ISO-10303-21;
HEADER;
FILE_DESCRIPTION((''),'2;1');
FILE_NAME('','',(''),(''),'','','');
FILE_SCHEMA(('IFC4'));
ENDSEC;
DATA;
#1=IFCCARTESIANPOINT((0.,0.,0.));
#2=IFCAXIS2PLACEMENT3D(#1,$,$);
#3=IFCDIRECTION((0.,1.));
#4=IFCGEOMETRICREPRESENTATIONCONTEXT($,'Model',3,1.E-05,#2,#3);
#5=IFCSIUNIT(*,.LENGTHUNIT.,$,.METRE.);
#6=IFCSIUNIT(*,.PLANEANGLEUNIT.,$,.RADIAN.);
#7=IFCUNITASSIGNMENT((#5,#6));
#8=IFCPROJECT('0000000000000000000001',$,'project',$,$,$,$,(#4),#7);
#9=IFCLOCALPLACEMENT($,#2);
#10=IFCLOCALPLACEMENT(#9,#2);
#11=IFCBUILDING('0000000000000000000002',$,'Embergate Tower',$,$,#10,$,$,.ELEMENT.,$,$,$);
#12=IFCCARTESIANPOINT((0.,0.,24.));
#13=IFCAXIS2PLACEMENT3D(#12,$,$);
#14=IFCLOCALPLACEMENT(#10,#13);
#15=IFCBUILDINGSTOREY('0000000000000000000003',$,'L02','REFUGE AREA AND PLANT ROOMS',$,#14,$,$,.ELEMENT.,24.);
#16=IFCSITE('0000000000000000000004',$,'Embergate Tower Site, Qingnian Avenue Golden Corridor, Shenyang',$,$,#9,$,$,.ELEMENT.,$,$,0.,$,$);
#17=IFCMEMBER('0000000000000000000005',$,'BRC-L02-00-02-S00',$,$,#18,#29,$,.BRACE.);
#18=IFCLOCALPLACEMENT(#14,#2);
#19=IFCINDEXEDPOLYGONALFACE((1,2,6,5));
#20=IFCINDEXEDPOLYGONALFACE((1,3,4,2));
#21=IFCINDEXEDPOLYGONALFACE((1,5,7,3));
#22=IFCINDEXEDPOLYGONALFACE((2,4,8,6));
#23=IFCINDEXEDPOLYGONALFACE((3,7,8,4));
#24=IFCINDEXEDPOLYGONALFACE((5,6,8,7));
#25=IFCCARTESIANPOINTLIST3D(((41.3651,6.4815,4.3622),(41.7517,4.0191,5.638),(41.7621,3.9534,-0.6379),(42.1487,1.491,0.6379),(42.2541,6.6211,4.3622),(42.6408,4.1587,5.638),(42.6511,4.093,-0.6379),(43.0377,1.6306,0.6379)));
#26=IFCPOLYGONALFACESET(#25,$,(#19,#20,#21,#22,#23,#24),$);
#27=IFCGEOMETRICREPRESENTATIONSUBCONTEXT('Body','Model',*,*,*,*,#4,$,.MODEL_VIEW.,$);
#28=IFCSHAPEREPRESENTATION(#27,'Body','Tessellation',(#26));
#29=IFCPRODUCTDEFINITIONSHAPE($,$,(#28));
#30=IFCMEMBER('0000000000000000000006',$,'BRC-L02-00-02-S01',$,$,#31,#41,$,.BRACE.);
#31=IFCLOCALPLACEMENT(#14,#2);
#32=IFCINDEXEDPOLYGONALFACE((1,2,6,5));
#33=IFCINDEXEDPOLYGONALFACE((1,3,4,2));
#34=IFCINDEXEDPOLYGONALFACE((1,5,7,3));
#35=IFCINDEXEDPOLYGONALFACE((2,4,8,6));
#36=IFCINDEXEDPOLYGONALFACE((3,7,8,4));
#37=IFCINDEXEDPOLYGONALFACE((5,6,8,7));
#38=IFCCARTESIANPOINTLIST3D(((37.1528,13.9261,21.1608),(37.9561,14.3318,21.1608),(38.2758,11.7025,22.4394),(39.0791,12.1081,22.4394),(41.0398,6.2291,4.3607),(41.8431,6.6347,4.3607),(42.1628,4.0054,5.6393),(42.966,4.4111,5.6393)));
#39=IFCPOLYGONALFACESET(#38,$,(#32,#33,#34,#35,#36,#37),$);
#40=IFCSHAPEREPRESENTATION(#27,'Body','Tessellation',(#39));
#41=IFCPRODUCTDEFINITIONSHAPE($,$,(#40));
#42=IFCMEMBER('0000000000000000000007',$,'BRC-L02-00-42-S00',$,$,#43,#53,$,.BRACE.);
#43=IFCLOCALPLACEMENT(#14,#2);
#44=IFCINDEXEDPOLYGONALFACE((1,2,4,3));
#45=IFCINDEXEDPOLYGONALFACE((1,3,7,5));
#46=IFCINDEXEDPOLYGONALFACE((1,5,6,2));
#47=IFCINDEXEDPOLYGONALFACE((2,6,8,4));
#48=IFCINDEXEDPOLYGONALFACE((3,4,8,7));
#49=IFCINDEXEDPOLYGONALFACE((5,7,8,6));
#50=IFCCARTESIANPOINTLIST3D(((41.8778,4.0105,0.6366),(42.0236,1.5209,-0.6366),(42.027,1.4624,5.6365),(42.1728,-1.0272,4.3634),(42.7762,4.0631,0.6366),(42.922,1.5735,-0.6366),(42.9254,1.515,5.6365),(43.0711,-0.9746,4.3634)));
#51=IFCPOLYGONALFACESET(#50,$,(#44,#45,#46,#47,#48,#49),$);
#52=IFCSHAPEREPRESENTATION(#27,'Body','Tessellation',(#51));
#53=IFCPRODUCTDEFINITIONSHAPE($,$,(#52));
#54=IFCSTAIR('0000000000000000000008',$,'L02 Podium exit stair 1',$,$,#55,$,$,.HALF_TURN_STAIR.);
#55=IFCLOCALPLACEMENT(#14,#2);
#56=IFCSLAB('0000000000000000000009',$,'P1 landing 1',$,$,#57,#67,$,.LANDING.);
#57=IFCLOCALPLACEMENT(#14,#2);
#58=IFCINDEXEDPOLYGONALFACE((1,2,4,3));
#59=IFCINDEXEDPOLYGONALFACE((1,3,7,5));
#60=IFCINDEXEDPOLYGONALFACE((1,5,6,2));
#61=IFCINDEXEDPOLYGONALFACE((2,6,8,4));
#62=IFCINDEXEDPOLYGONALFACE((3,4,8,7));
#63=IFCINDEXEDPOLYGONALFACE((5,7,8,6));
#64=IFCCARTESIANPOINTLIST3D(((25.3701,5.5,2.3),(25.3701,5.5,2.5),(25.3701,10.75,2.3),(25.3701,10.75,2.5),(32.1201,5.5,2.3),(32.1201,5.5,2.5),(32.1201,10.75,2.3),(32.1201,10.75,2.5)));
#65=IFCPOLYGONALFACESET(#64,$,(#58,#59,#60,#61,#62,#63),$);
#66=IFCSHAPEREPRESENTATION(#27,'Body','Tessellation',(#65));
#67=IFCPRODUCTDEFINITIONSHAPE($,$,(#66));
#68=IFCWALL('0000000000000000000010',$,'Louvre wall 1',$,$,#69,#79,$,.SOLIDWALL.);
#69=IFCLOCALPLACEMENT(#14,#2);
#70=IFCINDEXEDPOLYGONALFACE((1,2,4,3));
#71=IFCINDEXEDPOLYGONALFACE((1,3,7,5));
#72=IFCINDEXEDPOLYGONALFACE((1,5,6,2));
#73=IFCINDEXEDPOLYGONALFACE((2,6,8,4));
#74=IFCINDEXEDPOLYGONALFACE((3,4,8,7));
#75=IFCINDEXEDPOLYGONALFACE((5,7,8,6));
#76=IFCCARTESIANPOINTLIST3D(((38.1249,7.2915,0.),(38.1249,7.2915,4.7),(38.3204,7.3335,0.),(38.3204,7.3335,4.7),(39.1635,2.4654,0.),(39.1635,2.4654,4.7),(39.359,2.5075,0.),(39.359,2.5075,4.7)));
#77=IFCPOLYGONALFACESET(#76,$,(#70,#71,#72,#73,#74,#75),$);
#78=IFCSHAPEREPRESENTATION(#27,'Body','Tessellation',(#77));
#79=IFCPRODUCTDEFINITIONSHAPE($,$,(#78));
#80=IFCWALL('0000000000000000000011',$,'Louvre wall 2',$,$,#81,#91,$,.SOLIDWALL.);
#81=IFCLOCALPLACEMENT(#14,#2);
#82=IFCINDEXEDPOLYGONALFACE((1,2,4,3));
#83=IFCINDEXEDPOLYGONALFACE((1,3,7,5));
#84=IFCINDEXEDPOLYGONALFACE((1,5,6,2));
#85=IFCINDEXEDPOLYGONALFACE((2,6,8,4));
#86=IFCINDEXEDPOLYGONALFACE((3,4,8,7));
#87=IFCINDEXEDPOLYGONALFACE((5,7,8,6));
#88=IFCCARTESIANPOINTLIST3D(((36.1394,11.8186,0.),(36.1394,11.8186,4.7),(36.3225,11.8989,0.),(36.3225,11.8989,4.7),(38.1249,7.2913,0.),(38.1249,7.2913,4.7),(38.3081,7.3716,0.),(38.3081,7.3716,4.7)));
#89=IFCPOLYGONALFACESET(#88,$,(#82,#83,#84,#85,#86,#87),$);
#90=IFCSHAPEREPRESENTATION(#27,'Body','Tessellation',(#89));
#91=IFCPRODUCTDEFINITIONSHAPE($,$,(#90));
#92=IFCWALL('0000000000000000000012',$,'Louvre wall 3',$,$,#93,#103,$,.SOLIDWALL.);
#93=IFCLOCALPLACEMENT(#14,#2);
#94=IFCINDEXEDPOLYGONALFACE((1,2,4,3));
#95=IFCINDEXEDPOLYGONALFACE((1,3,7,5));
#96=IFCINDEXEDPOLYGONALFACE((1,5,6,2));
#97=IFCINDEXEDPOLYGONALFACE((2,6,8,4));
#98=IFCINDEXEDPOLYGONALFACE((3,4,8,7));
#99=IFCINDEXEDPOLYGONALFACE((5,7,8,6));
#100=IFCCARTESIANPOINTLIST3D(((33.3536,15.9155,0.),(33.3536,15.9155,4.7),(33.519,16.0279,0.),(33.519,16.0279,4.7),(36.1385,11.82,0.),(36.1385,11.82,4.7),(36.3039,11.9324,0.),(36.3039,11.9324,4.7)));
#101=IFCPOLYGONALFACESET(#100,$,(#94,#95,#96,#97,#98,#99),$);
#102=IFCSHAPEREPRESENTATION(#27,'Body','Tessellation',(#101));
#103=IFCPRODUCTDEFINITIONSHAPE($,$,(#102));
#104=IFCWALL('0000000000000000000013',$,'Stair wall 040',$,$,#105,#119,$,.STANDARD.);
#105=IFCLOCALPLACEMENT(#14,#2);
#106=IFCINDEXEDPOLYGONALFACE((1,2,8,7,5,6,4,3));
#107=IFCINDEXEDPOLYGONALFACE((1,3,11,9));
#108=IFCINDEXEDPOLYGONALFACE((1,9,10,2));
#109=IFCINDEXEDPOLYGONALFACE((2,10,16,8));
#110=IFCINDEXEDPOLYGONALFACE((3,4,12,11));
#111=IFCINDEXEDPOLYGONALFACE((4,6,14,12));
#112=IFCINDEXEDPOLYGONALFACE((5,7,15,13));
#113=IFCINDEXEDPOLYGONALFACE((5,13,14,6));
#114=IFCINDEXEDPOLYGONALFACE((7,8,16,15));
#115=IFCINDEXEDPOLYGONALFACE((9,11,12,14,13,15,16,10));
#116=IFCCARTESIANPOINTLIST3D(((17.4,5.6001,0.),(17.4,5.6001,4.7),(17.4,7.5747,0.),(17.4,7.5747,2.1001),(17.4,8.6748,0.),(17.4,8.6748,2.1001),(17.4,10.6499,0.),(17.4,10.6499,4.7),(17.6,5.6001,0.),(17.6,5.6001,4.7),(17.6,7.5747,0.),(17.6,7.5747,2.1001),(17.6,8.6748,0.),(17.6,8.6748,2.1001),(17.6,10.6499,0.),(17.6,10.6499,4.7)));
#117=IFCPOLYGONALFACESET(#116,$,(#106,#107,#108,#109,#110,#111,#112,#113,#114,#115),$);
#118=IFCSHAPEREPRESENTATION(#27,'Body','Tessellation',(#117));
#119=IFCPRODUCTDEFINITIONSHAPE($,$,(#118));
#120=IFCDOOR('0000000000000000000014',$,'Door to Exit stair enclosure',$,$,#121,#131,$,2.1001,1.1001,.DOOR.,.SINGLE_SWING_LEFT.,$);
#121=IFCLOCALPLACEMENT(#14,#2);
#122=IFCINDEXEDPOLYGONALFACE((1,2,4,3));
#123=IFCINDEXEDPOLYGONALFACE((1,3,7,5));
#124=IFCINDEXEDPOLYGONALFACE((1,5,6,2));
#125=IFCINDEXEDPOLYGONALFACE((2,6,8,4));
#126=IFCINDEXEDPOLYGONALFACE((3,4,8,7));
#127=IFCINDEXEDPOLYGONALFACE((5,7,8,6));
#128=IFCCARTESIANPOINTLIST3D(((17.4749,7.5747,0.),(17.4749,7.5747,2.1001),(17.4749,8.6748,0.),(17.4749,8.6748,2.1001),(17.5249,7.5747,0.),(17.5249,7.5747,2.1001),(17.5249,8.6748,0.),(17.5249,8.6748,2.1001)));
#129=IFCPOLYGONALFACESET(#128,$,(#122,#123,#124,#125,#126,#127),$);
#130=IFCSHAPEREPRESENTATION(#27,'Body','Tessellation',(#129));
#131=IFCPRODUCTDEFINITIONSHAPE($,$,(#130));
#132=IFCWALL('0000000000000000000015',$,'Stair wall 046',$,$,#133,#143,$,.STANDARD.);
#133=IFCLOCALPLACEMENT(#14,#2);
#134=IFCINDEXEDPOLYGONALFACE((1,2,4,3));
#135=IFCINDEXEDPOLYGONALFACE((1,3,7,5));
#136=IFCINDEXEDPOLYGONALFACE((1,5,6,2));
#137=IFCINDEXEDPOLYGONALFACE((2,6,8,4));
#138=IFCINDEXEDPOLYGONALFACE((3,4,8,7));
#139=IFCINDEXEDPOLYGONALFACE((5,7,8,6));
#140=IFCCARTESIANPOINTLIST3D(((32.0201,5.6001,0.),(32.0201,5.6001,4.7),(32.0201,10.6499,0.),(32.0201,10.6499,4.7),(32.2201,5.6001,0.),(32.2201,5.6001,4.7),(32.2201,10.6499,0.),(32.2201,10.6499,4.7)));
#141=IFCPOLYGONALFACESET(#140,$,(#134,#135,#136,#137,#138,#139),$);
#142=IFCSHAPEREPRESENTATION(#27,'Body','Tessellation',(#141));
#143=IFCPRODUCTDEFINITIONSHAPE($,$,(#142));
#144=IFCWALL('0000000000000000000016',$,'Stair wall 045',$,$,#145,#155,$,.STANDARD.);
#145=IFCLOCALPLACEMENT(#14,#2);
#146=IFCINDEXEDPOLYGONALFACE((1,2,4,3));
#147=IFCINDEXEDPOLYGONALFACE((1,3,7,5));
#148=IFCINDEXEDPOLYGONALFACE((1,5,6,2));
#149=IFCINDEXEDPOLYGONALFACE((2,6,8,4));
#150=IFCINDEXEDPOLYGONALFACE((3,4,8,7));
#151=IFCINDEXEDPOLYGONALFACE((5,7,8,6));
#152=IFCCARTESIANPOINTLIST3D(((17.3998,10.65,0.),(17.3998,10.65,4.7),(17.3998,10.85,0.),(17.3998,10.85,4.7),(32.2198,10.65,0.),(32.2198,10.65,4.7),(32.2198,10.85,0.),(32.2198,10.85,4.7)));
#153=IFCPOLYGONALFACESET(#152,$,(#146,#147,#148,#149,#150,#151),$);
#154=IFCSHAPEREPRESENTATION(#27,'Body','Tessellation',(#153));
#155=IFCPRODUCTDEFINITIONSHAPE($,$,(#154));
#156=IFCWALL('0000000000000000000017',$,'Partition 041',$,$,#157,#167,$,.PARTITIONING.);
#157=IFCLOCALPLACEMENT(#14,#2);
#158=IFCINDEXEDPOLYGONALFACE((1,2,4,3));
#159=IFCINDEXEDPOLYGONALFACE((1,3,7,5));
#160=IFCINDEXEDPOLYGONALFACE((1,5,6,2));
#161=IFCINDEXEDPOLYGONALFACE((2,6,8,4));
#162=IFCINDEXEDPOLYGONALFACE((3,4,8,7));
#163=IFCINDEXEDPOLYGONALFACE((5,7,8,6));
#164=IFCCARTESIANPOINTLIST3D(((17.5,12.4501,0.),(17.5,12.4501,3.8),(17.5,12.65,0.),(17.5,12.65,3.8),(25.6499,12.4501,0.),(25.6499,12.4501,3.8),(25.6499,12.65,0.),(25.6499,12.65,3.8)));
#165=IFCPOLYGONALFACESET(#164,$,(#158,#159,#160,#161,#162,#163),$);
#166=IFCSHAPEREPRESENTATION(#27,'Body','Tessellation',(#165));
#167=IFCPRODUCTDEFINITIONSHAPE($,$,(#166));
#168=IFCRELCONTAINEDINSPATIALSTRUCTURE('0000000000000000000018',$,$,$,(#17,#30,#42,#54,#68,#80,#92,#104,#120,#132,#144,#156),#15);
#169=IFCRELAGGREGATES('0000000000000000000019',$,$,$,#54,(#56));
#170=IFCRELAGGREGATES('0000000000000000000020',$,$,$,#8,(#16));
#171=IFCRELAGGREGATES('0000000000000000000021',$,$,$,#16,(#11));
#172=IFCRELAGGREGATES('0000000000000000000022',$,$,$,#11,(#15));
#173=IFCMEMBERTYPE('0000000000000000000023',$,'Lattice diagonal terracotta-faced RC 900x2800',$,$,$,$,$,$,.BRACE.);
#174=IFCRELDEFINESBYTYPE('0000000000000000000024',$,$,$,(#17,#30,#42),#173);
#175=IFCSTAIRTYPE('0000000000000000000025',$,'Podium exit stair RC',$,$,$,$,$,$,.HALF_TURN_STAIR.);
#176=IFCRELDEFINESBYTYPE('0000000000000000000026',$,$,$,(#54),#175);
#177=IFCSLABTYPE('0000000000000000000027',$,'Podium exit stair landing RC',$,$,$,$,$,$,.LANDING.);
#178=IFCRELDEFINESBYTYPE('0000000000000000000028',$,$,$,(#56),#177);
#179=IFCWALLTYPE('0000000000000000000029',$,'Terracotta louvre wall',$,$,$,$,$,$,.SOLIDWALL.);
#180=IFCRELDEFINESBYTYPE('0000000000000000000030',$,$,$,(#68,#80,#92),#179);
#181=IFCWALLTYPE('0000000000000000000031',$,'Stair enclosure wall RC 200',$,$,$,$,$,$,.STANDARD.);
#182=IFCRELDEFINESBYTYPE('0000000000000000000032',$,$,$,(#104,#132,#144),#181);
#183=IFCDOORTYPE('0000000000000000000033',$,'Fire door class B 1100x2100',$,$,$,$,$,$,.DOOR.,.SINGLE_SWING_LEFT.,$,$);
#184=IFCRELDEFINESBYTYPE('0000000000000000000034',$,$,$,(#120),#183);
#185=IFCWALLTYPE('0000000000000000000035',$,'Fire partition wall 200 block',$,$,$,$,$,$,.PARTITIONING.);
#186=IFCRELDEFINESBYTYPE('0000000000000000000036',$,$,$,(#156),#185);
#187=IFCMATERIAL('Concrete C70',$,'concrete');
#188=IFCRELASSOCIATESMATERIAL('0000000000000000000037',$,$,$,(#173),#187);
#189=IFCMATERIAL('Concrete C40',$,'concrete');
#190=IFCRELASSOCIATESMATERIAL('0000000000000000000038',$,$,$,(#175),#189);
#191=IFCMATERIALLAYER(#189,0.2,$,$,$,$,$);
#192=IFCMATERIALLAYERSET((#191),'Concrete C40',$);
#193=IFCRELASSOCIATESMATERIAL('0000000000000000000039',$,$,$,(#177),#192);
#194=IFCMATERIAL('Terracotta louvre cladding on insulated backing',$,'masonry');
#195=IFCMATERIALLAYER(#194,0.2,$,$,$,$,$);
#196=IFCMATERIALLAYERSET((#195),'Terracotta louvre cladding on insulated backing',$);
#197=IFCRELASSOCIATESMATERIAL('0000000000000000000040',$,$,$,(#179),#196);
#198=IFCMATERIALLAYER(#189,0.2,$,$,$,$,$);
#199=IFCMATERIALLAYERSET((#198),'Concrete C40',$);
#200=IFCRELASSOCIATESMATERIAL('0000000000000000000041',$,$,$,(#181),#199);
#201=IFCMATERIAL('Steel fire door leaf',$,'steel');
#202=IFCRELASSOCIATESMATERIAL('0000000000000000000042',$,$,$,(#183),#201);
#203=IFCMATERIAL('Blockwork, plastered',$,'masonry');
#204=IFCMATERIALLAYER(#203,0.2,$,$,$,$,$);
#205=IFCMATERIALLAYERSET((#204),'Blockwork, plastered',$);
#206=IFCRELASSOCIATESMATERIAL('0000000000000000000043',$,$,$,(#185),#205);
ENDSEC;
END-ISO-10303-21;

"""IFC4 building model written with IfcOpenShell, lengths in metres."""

from ifc_helpers import new_model, si_unit, direction, frame, frame_2d, origin, origin_2d, place, context, subcontext, project, spatial, polyline, rectangle, outline, extrude, source, transform, mapped, material, layer, layer_set, material_profile, profile_set, type_object, element, fill, aggregate, save


model = new_model("IFC4")

# Units and contexts
model_context = context("Model", 3, precision=1e-05, world=origin(), true_north=direction((0.0, 1.0)))
body_context = subcontext(model_context, "Body", "Model", "MODEL_VIEW")
ifc_project = project(units=[si_unit("LENGTHUNIT", "METRE"), si_unit("PLANEANGLEUNIT", "RADIAN")], contexts=[model_context])

# Site, building, storey
site_placement = place(None, origin())
site = spatial("IfcSite", under=ifc_project, at=site_placement, Name="Embergate Tower Site, Qingnian Avenue Golden Corridor, Shenyang", CompositionType="ELEMENT", RefElevation=0.0)
building_placement = place(site_placement, origin())
building = spatial("IfcBuilding", under=site, at=building_placement, Name="Embergate Tower", CompositionType="ELEMENT")
storey_placement = place(building_placement, frame((0.0, 0.0, 24.0)))
storey = spatial("IfcBuildingStorey", under=building, at=storey_placement, Name="L02", Description="REFUGE AREA AND PLANT ROOMS", CompositionType="ELEMENT", Elevation=24.0)

# Shared definitions
ifc_material_1 = material(Name="Concrete C70", Category="concrete")

# Members
ifc_material_profile_1 = material_profile(ifc_material_1, rectangle(XDim=0.8999, YDim=2.8, at=origin_2d()), Name="RC 900x2800")
ifc_profile_set_1 = profile_set([ifc_material_profile_1], Name="Concrete C70")
member_type_1 = type_object("IfcMemberType", Name="Lattice diagonal terracotta-faced RC 900x2800", PredefinedType="BRACE", material=ifc_profile_set_1)
shared_shape_1 = source(origin(), body_context, "Body", "SweptSolid", [
    extrude(rectangle(XDim=0.8999, YDim=2.8, at=origin_2d()), origin(), (0.0, 0.0, 1.0), 5.6169),
])
member_1_placement = place(storey_placement, frame((42.3999, 2.792, 0.0), z_axis=(-0.070676, 0.45009, 0.890182), x_axis=(-0.987895, -0.155125, 0.0)))
element("IfcMember", 1, at=member_1_placement, inside=storey, type_object=member_type_1, Name="BRC-L02-00-02-S00", PredefinedType="BRACE", context=body_context, shape_type="MappedRepresentation", body=[
    mapped(shared_shape_1, transform((0.0, 0.0, 0.0))),
])
shared_shape_2 = source(origin(), body_context, "Body", "SweptSolid", [
    extrude(rectangle(XDim=0.8999, YDim=2.8, at=origin_2d()), origin(), (0.0, 0.0, 1.0), 18.8838),
])
member_2_placement = place(storey_placement, frame((42.0029, 5.3201, 5.0), z_axis=(-0.205837, 0.407601, 0.889659), x_axis=(-0.892636, -0.450778, 0.0)))
element("IfcMember", 2, at=member_2_placement, inside=storey, type_object=member_type_1, Name="BRC-L02-00-02-S01", PredefinedType="BRACE", context=body_context, shape_type="MappedRepresentation", body=[
    mapped(shared_shape_2, transform((0.0, 0.0, 0.0))),
])
shared_shape_3 = source(origin(), body_context, "Body", "SweptSolid", [
    extrude(rectangle(XDim=0.8999, YDim=2.8, at=origin_2d()), origin(), (0.0, 0.0, 1.0), 5.6138),
])
member_3_placement = place(storey_placement, frame((42.3999, 2.792, 0.0), z_axis=(0.026572, -0.453896, 0.890658), x_axis=(0.998291, 0.058442, 0.0)))
element("IfcMember", 3, at=member_3_placement, inside=storey, type_object=member_type_1, Name="BRC-L02-00-42-S00", PredefinedType="BRACE", context=body_context, shape_type="MappedRepresentation", body=[
    mapped(shared_shape_3, transform((0.0, 0.0, 0.0))),
])

# Stair, slab
ifc_material_2 = material(Name="Concrete C40", Category="concrete")
stair_type = type_object("IfcStairType", Name="Podium exit stair RC", PredefinedType="HALF_TURN_STAIR", material=ifc_material_2)
stair_placement = place(storey_placement, origin())
stair = element("IfcStair", 4, at=stair_placement, inside=storey, type_object=stair_type, Name="L02 Podium exit stair 1", PredefinedType="HALF_TURN_STAIR")
ifc_layer_1 = layer(ifc_material_2, 0.2)
ifc_layer_set_1 = layer_set([ifc_layer_1], Name="Concrete C40")
slab_type = type_object("IfcSlabType", Name="Podium exit stair landing RC", PredefinedType="LANDING", material=ifc_layer_set_1)
shared_shape_4 = source(origin(), body_context, "Body", "SweptSolid", [
    extrude(outline(polyline([(0.0, 0.0), (6.75, 0.0), (6.75, 5.25), (0.0, 5.25), (0.0, 0.0)])), origin(), (0.0, 0.0, 1.0), 0.2),
])
slab_placement = place(storey_placement, frame((25.3701, 5.5, 2.3)))
slab = element("IfcSlab", 5, at=slab_placement, type_object=slab_type, Name="P1 landing 1", PredefinedType="LANDING", context=body_context, shape_type="MappedRepresentation", body=[
    mapped(shared_shape_4, transform((0.0, 0.0, 0.0))),
])

# Walls
ifc_material_3 = material(Name="Terracotta louvre cladding on insulated backing", Category="masonry")
ifc_layer_2 = layer(ifc_material_3, 0.2)
ifc_layer_set_2 = layer_set([ifc_layer_2], Name="Terracotta louvre cladding on insulated backing")
wall_type_1 = type_object("IfcWallType", Name="Terracotta louvre wall", PredefinedType="SOLIDWALL", material=ifc_layer_set_2)
shared_shape_5 = source(origin(), body_context, "Body", "SweptSolid", [
    extrude(rectangle(XDim=4.9365, YDim=0.2, at=frame_2d((2.4683, 0.0))), origin(), (0.0, 0.0, 1.0), 4.7),
])
wall_1_placement = place(storey_placement, frame((38.2227, 7.3125, 0.0), z_axis=(0.0, 0.0, 1.0), x_axis=(0.21039, -0.977617, 0.0)))
element("IfcWall", 6, at=wall_1_placement, inside=storey, type_object=wall_type_1, Name="Louvre wall 1", PredefinedType="SOLIDWALL", context=body_context, shape_type="MappedRepresentation", body=[
    mapped(shared_shape_5, transform((0.0, 0.0, 0.0))),
])
shared_shape_6 = source(origin(), body_context, "Body", "SweptSolid", [
    extrude(rectangle(XDim=4.9436, YDim=0.2, at=frame_2d((2.4717, 0.0))), origin(), (0.0, 0.0, 1.0), 4.7),
])
wall_2_placement = place(storey_placement, frame((36.231, 11.8586, 0.0), z_axis=(0.0, 0.0, 1.0), x_axis=(0.401648, -0.915794, 0.0)))
element("IfcWall", 7, at=wall_2_placement, inside=storey, type_object=wall_type_1, Name="Louvre wall 2", PredefinedType="SOLIDWALL", context=body_context, shape_type="MappedRepresentation", body=[
    mapped(shared_shape_6, transform((0.0, 0.0, 0.0))),
])
shared_shape_7 = source(origin(), body_context, "Body", "SweptSolid", [
    extrude(rectangle(XDim=4.9526, YDim=0.2, at=frame_2d((2.4763, 0.0))), origin(), (0.0, 0.0, 1.0), 4.7),
])
wall_3_placement = place(storey_placement, frame((33.4363, 15.9717, 0.0), z_axis=(0.0, 0.0, 1.0), x_axis=(0.56231, -0.826927, 0.0)))
element("IfcWall", 8, at=wall_3_placement, inside=storey, type_object=wall_type_1, Name="Louvre wall 3", PredefinedType="SOLIDWALL", context=body_context, shape_type="MappedRepresentation", body=[
    mapped(shared_shape_7, transform((0.0, 0.0, 0.0))),
])

# Wall, opening, door
ifc_layer_3 = layer(ifc_material_2, 0.2)
ifc_layer_set_3 = layer_set([ifc_layer_3], Name="Concrete C40")
wall_type_2 = type_object("IfcWallType", Name="Stair enclosure wall RC 200", PredefinedType="STANDARD", material=ifc_layer_set_3)
shared_shape_8 = source(origin(), body_context, "Body", "SweptSolid", [
    extrude(rectangle(XDim=5.0498, YDim=0.2, at=frame_2d((2.5249, 0.0))), origin(), (0.0, 0.0, 1.0), 4.7),
])
wall_4_placement = place(storey_placement, frame((17.5, 10.6499, 0.0), z_axis=(0.0, 0.0, 1.0), x_axis=(0.0, -1.0, 0.0)))
wall_4 = element("IfcWall", 9, at=wall_4_placement, inside=storey, type_object=wall_type_2, Name="Stair wall 040", PredefinedType="STANDARD", context=body_context, shape_type="MappedRepresentation", body=[
    mapped(shared_shape_8, transform((0.0, 0.0, 0.0))),
])
shared_shape_9 = source(origin(), body_context, "Body", "SweptSolid", [
    extrude(rectangle(XDim=1.1001, YDim=2.1001, at=frame_2d((0.55, 1.05))), frame((0.0, 0.1099, 0.0), z_axis=(0.0, -1.0, 0.0), x_axis=(1.0, 0.0, 0.0)), (0.0, 0.0, 1.0), 0.22),
])
opening_placement = place(wall_4_placement, frame((1.9751, 0.0, 0.0)))
opening = element("IfcOpeningElement", 10, at=opening_placement, cuts=wall_4, PredefinedType="OPENING", context=body_context, shape_type="MappedRepresentation", body=[
    mapped(shared_shape_9, transform((0.0, 0.0, 0.0))),
])
ifc_material_4 = material(Name="Steel fire door leaf", Category="steel")
door_type = type_object("IfcDoorType", Name="Fire door class B 1100x2100", OperationType="SINGLE_SWING_LEFT", PredefinedType="DOOR", material=ifc_material_4)
shared_shape_10 = source(origin(), body_context, "Body", "SweptSolid", [
    extrude(rectangle(XDim=1.1001, YDim=2.1001, at=frame_2d((0.55, 1.05))), frame((0.0, 0.0249, 0.0), z_axis=(0.0, -1.0, 0.0), x_axis=(1.0, 0.0, 0.0)), (0.0, 0.0, 1.0), 0.05),
])
door_placement = place(opening_placement, origin())
door = element("IfcDoor", 11, at=door_placement, inside=storey, type_object=door_type, Name="Door to Exit stair enclosure", OperationType="SINGLE_SWING_LEFT", OverallHeight=2.1001, OverallWidth=1.1001, PredefinedType="DOOR", context=body_context, shape_type="MappedRepresentation", body=[
    mapped(shared_shape_10, transform((0.0, 0.0, 0.0))),
])
fill(opening, door)

# Walls
wall_5_placement = place(storey_placement, frame((32.1201, 10.6499, 0.0), z_axis=(0.0, 0.0, 1.0), x_axis=(0.0, -1.0, 0.0)))
element("IfcWall", 12, at=wall_5_placement, inside=storey, type_object=wall_type_2, Name="Stair wall 046", PredefinedType="STANDARD", context=body_context, shape_type="MappedRepresentation", body=[
    mapped(shared_shape_8, transform((0.0, 0.0, 0.0))),
])
shared_shape_11 = source(origin(), body_context, "Body", "SweptSolid", [
    extrude(rectangle(XDim=14.8201, YDim=0.2, at=frame_2d((7.4102, 0.0))), origin(), (0.0, 0.0, 1.0), 4.7),
])
wall_6_placement = place(storey_placement, frame((32.22, 10.75, 0.0), z_axis=(0.0, 0.0, 1.0), x_axis=(-1.0, 0.0, 0.0)))
element("IfcWall", 13, at=wall_6_placement, inside=storey, type_object=wall_type_2, Name="Stair wall 045", PredefinedType="STANDARD", context=body_context, shape_type="MappedRepresentation", body=[
    mapped(shared_shape_11, transform((0.0, 0.0, 0.0))),
])
ifc_material_5 = material(Name="Blockwork, plastered", Category="masonry")
ifc_layer_4 = layer(ifc_material_5, 0.2)
ifc_layer_set_4 = layer_set([ifc_layer_4], Name="Blockwork, plastered")
wall_type_3 = type_object("IfcWallType", Name="Fire partition wall 200 block", PredefinedType="PARTITIONING", material=ifc_layer_set_4)
shared_shape_12 = source(origin(), body_context, "Body", "SweptSolid", [
    extrude(rectangle(XDim=8.1499, YDim=0.2, at=frame_2d((4.075, 0.0))), origin(), (0.0, 0.0, 1.0), 3.8),
])
wall_7_placement = place(storey_placement, frame((25.6499, 12.55, 0.0), z_axis=(0.0, 0.0, 1.0), x_axis=(-1.0, 0.0, 0.0)))
element("IfcWall", 14, at=wall_7_placement, inside=storey, type_object=wall_type_3, Name="Partition 041", PredefinedType="PARTITIONING", context=body_context, shape_type="MappedRepresentation", body=[
    mapped(shared_shape_12, transform((0.0, 0.0, 0.0))),
])

aggregate(stair, [slab])

save(model, "model.ifc")
